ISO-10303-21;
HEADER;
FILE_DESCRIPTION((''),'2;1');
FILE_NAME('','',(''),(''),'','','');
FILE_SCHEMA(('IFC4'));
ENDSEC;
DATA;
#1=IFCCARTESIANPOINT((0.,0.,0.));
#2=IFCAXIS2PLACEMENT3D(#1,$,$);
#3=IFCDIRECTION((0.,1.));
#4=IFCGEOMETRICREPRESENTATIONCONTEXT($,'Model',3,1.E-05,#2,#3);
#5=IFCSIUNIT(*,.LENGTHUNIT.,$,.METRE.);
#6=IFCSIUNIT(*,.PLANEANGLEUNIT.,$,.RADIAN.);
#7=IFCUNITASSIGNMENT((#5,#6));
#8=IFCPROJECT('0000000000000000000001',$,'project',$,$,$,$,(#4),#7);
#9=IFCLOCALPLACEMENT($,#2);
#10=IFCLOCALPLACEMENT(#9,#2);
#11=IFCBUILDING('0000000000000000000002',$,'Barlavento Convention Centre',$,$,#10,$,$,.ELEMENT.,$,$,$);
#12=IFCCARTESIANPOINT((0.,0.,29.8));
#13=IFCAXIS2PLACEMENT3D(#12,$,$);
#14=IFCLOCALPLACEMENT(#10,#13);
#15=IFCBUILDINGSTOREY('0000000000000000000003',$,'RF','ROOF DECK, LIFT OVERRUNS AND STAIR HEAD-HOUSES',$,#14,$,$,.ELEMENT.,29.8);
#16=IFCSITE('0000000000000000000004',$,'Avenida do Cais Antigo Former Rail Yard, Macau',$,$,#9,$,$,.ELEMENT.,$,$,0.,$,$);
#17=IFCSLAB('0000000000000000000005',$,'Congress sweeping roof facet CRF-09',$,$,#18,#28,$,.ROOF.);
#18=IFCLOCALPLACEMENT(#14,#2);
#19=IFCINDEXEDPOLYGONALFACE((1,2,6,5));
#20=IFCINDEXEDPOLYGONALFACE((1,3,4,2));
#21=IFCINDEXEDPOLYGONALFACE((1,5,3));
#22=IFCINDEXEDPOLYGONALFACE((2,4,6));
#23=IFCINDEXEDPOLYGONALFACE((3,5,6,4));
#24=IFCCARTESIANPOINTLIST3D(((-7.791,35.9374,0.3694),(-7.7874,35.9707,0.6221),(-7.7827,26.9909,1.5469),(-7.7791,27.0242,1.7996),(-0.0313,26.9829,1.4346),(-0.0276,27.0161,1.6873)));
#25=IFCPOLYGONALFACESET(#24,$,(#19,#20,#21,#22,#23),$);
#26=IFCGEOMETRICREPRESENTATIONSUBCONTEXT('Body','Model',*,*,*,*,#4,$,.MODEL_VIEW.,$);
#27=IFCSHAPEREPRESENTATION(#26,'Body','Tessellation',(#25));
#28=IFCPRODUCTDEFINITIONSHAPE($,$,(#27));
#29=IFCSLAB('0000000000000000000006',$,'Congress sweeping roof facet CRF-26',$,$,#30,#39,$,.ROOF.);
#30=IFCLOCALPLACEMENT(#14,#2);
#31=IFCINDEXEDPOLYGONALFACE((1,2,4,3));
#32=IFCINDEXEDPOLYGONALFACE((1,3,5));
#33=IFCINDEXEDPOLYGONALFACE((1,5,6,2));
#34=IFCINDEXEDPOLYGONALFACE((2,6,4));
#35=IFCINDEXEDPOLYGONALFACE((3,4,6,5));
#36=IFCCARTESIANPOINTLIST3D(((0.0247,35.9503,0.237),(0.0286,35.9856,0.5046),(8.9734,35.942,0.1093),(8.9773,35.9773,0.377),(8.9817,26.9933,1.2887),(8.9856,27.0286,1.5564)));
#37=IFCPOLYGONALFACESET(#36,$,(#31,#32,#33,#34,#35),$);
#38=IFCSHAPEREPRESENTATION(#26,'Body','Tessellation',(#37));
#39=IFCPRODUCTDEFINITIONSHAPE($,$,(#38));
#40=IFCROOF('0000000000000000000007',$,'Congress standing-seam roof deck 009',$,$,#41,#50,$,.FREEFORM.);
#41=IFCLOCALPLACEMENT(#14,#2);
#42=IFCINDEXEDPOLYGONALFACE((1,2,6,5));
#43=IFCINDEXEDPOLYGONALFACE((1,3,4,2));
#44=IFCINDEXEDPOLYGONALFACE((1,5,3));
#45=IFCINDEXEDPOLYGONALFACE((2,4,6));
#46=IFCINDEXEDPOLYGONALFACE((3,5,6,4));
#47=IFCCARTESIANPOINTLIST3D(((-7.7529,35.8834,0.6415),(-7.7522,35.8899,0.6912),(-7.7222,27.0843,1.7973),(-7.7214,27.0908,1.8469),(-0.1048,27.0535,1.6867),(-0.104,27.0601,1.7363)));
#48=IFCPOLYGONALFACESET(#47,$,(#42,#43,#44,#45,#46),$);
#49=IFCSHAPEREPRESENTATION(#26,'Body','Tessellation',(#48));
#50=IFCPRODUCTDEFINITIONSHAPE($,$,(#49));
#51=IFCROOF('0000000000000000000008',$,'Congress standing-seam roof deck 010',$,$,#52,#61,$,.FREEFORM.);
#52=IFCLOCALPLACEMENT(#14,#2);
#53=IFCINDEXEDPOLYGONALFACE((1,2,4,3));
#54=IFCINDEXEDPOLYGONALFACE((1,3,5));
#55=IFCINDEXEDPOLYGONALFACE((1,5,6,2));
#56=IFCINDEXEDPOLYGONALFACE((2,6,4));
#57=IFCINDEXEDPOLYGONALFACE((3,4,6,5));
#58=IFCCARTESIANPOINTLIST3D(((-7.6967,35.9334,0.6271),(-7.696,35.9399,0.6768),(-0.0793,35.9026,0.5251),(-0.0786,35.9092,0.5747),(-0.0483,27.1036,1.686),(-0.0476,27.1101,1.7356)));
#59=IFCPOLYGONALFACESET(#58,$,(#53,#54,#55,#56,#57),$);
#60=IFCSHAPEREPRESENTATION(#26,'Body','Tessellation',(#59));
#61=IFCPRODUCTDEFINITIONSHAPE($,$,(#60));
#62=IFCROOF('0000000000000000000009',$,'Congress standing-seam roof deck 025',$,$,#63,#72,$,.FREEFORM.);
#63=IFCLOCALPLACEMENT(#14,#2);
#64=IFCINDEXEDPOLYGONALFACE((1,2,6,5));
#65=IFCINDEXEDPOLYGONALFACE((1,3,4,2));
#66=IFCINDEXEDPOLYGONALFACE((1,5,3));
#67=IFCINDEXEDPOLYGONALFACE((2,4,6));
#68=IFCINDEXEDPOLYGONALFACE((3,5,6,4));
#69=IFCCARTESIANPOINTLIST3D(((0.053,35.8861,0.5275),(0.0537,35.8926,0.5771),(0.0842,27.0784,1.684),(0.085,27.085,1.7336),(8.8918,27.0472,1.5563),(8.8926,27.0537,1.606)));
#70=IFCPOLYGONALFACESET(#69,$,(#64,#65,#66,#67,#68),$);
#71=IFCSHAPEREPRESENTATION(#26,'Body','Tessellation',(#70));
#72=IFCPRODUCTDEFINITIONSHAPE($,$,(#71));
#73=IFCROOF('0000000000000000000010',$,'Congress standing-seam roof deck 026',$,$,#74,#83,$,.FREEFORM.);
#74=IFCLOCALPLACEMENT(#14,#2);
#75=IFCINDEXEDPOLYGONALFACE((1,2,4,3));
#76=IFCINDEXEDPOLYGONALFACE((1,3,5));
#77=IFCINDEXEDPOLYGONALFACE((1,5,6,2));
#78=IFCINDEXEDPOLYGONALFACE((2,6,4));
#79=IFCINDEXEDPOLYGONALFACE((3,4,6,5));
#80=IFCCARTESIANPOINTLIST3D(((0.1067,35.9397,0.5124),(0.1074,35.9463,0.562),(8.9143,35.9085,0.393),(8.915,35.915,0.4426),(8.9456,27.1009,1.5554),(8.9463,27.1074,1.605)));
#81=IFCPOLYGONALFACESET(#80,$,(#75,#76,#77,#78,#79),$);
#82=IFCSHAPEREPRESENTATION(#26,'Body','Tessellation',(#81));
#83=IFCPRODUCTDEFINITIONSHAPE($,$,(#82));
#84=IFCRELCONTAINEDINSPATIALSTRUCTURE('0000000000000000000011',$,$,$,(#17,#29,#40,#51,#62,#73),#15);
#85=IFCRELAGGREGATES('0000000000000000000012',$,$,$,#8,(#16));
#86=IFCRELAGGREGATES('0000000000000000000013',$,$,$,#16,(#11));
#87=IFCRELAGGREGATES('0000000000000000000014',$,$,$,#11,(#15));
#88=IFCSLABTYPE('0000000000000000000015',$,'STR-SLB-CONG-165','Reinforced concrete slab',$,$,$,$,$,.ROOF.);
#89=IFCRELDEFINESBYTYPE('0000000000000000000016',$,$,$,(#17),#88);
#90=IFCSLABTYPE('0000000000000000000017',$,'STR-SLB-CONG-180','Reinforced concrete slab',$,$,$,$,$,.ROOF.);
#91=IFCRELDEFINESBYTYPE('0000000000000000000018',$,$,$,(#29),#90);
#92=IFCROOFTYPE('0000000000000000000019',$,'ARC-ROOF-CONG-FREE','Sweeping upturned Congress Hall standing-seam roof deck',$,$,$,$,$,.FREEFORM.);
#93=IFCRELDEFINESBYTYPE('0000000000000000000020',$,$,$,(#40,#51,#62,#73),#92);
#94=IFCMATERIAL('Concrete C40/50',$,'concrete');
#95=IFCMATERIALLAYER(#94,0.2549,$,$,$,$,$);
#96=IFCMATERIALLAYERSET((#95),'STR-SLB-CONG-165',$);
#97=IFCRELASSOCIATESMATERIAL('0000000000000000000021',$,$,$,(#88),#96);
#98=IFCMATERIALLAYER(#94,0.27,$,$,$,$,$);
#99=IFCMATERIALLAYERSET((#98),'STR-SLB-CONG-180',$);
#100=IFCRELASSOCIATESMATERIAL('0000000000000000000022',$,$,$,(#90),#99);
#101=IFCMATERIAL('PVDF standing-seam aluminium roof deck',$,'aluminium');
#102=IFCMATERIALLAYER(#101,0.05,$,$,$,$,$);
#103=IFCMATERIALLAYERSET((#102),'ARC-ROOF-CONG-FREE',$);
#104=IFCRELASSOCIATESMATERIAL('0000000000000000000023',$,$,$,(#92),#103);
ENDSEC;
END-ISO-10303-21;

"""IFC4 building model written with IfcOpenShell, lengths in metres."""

from ifc_helpers import new_model, si_unit, direction, frame, origin, place, context, subcontext, project, spatial, polyline, outline, extrude, material, layer, layer_set, type_object, element, save


model = new_model("IFC4")

# Units and contexts
model_context = context("Model", 3, precision=1e-05, world=origin(), true_north=direction((0.0, 1.0)))
body_context = subcontext(model_context, "Body", "Model", "MODEL_VIEW")
ifc_project = project(units=[si_unit("LENGTHUNIT", "METRE"), si_unit("PLANEANGLEUNIT", "RADIAN")], contexts=[model_context])

# Site, building, storey
site_placement = place(None, origin())
site = spatial("IfcSite", under=ifc_project, at=site_placement, Name="Avenida do Cais Antigo Former Rail Yard, Macau", CompositionType="ELEMENT", RefElevation=0.0)
building_placement = place(site_placement, origin())
building = spatial("IfcBuilding", under=site, at=building_placement, Name="Barlavento Convention Centre", CompositionType="ELEMENT")
storey_placement = place(building_placement, frame((0.0, 0.0, 29.8)))
storey = spatial("IfcBuildingStorey", under=building, at=storey_placement, Name="RF", Description="ROOF DECK, LIFT OVERRUNS AND STAIR HEAD-HOUSES", CompositionType="ELEMENT", Elevation=29.8)

# Slabs
ifc_material_1 = material(Name="Concrete C40/50", Category="concrete")
ifc_layer_1 = layer(ifc_material_1, 0.2549)
ifc_layer_set_1 = layer_set([ifc_layer_1], Name="STR-SLB-CONG-165")
slab_type_1 = type_object("IfcSlabType", Name="STR-SLB-CONG-165", Description="Reinforced concrete slab", PredefinedType="ROOF", material=ifc_layer_set_1)
slab_1_placement = place(storey_placement, frame((-7.7791, 27.0242, 1.7996), z_axis=(0.014498, 0.130488, 0.991344), x_axis=(0.999895, -0.001039, -0.014487)))
element("IfcSlab", 1, at=slab_1_placement, inside=storey, type_object=slab_type_1, Name="Congress sweeping roof facet CRF-09", PredefinedType="ROOF", context=body_context, shape_type="SweptSolid", body=[
    extrude(outline(polyline([(0.0, 0.0), (7.7523, 0.0), (-0.0005, 9.0237), (0.0, 0.0)])), origin(), (0.0, 0.0, -1.0), 0.2549),
])
ifc_layer_2 = layer(ifc_material_1, 0.27)
ifc_layer_set_2 = layer_set([ifc_layer_2], Name="STR-SLB-CONG-180")
slab_type_2 = type_object("IfcSlabType", Name="STR-SLB-CONG-180", Description="Reinforced concrete slab", PredefinedType="ROOF", material=ifc_layer_set_2)
slab_2_placement = place(storey_placement, frame((8.9856, 27.0286, 1.5564), z_axis=(0.014266, 0.13067, 0.991323), x_axis=(-0.00092, 0.991425, -0.13067)))
element("IfcSlab", 2, at=slab_2_placement, inside=storey, type_object=slab_type_2, Name="Congress sweeping roof facet CRF-26", PredefinedType="ROOF", context=body_context, shape_type="SweptSolid", body=[
    extrude(outline(polyline([(0.0, 0.0), (9.0261, 0.0), (9.0259, 8.9496), (0.0, 0.0)])), origin(), (0.0, 0.0, -1.0), 0.27),
])

# Roofs
ifc_material_2 = material(Name="PVDF standing-seam aluminium roof deck", Category="aluminium")
ifc_layer_3 = layer(ifc_material_2, 0.05)
ifc_layer_set_3 = layer_set([ifc_layer_3], Name="ARC-ROOF-CONG-FREE")
roof_type = type_object("IfcRoofType", Name="ARC-ROOF-CONG-FREE", Description="Sweeping upturned Congress Hall standing-seam roof deck", PredefinedType="FREEFORM", material=ifc_layer_set_3)
roof_1_placement = place(storey_placement, frame((-7.7214, 27.0908, 1.8469), z_axis=(0.014919, 0.130269, 0.991366), x_axis=(0.999886, -0.004038, -0.014517)))
element("IfcRoof", 3, at=roof_1_placement, inside=storey, type_object=roof_type, Name="Congress standing-seam roof deck 009", PredefinedType="FREEFORM", context=body_context, shape_type="SweptSolid", body=[
    extrude(outline(polyline([(0.0, 0.0), (7.6183, 0.0), (-0.0495, 8.8746), (0.0, 0.0)])), origin(), (0.0, 0.0, -1.0), 0.05),
])
roof_2_placement = place(storey_placement, frame((-0.0476, 27.1101, 1.7356), z_axis=(0.013809, 0.130835, 0.991308), x_axis=(-0.003493, 0.991403, -0.130799)))
element("IfcRoof", 4, at=roof_2_placement, inside=storey, type_object=roof_type, Name="Congress standing-seam roof deck 010", PredefinedType="FREEFORM", context=body_context, shape_type="SweptSolid", body=[
    extrude(outline(polyline([(0.0, 0.0), (8.8754, 0.0), (8.9191, 7.6181), (0.0, 0.0)])), origin(), (0.0, 0.0, -1.0), 0.05),
])
roof_3_placement = place(storey_placement, frame((0.085, 27.085, 1.7336), z_axis=(0.014834, 0.130226, 0.991373), x_axis=(0.999889, -0.003548, -0.014496)))
element("IfcRoof", 5, at=roof_3_placement, inside=storey, type_object=roof_type, Name="Congress standing-seam roof deck 025", PredefinedType="FREEFORM", context=body_context, shape_type="SweptSolid", body=[
    extrude(outline(polyline([(0.0, 0.0), (8.8086, 0.0), (-0.0457, 8.8832), (0.0, 0.0)])), origin(), (0.0, 0.0, -1.0), 0.05),
])
roof_4_placement = place(storey_placement, frame((8.9463, 27.1074, 1.605), z_axis=(0.013901, 0.130873, 0.991302), x_axis=(-0.003518, 0.991398, -0.130836)))
element("IfcRoof", 6, at=roof_4_placement, inside=storey, type_object=roof_type, Name="Congress standing-seam roof deck 026", PredefinedType="FREEFORM", context=body_context, shape_type="SweptSolid", body=[
    extrude(outline(polyline([(0.0, 0.0), (8.884, 0.0), (8.9304, 8.8084), (0.0, 0.0)])), origin(), (0.0, 0.0, -1.0), 0.05),
])

save(model, "model.ifc")
